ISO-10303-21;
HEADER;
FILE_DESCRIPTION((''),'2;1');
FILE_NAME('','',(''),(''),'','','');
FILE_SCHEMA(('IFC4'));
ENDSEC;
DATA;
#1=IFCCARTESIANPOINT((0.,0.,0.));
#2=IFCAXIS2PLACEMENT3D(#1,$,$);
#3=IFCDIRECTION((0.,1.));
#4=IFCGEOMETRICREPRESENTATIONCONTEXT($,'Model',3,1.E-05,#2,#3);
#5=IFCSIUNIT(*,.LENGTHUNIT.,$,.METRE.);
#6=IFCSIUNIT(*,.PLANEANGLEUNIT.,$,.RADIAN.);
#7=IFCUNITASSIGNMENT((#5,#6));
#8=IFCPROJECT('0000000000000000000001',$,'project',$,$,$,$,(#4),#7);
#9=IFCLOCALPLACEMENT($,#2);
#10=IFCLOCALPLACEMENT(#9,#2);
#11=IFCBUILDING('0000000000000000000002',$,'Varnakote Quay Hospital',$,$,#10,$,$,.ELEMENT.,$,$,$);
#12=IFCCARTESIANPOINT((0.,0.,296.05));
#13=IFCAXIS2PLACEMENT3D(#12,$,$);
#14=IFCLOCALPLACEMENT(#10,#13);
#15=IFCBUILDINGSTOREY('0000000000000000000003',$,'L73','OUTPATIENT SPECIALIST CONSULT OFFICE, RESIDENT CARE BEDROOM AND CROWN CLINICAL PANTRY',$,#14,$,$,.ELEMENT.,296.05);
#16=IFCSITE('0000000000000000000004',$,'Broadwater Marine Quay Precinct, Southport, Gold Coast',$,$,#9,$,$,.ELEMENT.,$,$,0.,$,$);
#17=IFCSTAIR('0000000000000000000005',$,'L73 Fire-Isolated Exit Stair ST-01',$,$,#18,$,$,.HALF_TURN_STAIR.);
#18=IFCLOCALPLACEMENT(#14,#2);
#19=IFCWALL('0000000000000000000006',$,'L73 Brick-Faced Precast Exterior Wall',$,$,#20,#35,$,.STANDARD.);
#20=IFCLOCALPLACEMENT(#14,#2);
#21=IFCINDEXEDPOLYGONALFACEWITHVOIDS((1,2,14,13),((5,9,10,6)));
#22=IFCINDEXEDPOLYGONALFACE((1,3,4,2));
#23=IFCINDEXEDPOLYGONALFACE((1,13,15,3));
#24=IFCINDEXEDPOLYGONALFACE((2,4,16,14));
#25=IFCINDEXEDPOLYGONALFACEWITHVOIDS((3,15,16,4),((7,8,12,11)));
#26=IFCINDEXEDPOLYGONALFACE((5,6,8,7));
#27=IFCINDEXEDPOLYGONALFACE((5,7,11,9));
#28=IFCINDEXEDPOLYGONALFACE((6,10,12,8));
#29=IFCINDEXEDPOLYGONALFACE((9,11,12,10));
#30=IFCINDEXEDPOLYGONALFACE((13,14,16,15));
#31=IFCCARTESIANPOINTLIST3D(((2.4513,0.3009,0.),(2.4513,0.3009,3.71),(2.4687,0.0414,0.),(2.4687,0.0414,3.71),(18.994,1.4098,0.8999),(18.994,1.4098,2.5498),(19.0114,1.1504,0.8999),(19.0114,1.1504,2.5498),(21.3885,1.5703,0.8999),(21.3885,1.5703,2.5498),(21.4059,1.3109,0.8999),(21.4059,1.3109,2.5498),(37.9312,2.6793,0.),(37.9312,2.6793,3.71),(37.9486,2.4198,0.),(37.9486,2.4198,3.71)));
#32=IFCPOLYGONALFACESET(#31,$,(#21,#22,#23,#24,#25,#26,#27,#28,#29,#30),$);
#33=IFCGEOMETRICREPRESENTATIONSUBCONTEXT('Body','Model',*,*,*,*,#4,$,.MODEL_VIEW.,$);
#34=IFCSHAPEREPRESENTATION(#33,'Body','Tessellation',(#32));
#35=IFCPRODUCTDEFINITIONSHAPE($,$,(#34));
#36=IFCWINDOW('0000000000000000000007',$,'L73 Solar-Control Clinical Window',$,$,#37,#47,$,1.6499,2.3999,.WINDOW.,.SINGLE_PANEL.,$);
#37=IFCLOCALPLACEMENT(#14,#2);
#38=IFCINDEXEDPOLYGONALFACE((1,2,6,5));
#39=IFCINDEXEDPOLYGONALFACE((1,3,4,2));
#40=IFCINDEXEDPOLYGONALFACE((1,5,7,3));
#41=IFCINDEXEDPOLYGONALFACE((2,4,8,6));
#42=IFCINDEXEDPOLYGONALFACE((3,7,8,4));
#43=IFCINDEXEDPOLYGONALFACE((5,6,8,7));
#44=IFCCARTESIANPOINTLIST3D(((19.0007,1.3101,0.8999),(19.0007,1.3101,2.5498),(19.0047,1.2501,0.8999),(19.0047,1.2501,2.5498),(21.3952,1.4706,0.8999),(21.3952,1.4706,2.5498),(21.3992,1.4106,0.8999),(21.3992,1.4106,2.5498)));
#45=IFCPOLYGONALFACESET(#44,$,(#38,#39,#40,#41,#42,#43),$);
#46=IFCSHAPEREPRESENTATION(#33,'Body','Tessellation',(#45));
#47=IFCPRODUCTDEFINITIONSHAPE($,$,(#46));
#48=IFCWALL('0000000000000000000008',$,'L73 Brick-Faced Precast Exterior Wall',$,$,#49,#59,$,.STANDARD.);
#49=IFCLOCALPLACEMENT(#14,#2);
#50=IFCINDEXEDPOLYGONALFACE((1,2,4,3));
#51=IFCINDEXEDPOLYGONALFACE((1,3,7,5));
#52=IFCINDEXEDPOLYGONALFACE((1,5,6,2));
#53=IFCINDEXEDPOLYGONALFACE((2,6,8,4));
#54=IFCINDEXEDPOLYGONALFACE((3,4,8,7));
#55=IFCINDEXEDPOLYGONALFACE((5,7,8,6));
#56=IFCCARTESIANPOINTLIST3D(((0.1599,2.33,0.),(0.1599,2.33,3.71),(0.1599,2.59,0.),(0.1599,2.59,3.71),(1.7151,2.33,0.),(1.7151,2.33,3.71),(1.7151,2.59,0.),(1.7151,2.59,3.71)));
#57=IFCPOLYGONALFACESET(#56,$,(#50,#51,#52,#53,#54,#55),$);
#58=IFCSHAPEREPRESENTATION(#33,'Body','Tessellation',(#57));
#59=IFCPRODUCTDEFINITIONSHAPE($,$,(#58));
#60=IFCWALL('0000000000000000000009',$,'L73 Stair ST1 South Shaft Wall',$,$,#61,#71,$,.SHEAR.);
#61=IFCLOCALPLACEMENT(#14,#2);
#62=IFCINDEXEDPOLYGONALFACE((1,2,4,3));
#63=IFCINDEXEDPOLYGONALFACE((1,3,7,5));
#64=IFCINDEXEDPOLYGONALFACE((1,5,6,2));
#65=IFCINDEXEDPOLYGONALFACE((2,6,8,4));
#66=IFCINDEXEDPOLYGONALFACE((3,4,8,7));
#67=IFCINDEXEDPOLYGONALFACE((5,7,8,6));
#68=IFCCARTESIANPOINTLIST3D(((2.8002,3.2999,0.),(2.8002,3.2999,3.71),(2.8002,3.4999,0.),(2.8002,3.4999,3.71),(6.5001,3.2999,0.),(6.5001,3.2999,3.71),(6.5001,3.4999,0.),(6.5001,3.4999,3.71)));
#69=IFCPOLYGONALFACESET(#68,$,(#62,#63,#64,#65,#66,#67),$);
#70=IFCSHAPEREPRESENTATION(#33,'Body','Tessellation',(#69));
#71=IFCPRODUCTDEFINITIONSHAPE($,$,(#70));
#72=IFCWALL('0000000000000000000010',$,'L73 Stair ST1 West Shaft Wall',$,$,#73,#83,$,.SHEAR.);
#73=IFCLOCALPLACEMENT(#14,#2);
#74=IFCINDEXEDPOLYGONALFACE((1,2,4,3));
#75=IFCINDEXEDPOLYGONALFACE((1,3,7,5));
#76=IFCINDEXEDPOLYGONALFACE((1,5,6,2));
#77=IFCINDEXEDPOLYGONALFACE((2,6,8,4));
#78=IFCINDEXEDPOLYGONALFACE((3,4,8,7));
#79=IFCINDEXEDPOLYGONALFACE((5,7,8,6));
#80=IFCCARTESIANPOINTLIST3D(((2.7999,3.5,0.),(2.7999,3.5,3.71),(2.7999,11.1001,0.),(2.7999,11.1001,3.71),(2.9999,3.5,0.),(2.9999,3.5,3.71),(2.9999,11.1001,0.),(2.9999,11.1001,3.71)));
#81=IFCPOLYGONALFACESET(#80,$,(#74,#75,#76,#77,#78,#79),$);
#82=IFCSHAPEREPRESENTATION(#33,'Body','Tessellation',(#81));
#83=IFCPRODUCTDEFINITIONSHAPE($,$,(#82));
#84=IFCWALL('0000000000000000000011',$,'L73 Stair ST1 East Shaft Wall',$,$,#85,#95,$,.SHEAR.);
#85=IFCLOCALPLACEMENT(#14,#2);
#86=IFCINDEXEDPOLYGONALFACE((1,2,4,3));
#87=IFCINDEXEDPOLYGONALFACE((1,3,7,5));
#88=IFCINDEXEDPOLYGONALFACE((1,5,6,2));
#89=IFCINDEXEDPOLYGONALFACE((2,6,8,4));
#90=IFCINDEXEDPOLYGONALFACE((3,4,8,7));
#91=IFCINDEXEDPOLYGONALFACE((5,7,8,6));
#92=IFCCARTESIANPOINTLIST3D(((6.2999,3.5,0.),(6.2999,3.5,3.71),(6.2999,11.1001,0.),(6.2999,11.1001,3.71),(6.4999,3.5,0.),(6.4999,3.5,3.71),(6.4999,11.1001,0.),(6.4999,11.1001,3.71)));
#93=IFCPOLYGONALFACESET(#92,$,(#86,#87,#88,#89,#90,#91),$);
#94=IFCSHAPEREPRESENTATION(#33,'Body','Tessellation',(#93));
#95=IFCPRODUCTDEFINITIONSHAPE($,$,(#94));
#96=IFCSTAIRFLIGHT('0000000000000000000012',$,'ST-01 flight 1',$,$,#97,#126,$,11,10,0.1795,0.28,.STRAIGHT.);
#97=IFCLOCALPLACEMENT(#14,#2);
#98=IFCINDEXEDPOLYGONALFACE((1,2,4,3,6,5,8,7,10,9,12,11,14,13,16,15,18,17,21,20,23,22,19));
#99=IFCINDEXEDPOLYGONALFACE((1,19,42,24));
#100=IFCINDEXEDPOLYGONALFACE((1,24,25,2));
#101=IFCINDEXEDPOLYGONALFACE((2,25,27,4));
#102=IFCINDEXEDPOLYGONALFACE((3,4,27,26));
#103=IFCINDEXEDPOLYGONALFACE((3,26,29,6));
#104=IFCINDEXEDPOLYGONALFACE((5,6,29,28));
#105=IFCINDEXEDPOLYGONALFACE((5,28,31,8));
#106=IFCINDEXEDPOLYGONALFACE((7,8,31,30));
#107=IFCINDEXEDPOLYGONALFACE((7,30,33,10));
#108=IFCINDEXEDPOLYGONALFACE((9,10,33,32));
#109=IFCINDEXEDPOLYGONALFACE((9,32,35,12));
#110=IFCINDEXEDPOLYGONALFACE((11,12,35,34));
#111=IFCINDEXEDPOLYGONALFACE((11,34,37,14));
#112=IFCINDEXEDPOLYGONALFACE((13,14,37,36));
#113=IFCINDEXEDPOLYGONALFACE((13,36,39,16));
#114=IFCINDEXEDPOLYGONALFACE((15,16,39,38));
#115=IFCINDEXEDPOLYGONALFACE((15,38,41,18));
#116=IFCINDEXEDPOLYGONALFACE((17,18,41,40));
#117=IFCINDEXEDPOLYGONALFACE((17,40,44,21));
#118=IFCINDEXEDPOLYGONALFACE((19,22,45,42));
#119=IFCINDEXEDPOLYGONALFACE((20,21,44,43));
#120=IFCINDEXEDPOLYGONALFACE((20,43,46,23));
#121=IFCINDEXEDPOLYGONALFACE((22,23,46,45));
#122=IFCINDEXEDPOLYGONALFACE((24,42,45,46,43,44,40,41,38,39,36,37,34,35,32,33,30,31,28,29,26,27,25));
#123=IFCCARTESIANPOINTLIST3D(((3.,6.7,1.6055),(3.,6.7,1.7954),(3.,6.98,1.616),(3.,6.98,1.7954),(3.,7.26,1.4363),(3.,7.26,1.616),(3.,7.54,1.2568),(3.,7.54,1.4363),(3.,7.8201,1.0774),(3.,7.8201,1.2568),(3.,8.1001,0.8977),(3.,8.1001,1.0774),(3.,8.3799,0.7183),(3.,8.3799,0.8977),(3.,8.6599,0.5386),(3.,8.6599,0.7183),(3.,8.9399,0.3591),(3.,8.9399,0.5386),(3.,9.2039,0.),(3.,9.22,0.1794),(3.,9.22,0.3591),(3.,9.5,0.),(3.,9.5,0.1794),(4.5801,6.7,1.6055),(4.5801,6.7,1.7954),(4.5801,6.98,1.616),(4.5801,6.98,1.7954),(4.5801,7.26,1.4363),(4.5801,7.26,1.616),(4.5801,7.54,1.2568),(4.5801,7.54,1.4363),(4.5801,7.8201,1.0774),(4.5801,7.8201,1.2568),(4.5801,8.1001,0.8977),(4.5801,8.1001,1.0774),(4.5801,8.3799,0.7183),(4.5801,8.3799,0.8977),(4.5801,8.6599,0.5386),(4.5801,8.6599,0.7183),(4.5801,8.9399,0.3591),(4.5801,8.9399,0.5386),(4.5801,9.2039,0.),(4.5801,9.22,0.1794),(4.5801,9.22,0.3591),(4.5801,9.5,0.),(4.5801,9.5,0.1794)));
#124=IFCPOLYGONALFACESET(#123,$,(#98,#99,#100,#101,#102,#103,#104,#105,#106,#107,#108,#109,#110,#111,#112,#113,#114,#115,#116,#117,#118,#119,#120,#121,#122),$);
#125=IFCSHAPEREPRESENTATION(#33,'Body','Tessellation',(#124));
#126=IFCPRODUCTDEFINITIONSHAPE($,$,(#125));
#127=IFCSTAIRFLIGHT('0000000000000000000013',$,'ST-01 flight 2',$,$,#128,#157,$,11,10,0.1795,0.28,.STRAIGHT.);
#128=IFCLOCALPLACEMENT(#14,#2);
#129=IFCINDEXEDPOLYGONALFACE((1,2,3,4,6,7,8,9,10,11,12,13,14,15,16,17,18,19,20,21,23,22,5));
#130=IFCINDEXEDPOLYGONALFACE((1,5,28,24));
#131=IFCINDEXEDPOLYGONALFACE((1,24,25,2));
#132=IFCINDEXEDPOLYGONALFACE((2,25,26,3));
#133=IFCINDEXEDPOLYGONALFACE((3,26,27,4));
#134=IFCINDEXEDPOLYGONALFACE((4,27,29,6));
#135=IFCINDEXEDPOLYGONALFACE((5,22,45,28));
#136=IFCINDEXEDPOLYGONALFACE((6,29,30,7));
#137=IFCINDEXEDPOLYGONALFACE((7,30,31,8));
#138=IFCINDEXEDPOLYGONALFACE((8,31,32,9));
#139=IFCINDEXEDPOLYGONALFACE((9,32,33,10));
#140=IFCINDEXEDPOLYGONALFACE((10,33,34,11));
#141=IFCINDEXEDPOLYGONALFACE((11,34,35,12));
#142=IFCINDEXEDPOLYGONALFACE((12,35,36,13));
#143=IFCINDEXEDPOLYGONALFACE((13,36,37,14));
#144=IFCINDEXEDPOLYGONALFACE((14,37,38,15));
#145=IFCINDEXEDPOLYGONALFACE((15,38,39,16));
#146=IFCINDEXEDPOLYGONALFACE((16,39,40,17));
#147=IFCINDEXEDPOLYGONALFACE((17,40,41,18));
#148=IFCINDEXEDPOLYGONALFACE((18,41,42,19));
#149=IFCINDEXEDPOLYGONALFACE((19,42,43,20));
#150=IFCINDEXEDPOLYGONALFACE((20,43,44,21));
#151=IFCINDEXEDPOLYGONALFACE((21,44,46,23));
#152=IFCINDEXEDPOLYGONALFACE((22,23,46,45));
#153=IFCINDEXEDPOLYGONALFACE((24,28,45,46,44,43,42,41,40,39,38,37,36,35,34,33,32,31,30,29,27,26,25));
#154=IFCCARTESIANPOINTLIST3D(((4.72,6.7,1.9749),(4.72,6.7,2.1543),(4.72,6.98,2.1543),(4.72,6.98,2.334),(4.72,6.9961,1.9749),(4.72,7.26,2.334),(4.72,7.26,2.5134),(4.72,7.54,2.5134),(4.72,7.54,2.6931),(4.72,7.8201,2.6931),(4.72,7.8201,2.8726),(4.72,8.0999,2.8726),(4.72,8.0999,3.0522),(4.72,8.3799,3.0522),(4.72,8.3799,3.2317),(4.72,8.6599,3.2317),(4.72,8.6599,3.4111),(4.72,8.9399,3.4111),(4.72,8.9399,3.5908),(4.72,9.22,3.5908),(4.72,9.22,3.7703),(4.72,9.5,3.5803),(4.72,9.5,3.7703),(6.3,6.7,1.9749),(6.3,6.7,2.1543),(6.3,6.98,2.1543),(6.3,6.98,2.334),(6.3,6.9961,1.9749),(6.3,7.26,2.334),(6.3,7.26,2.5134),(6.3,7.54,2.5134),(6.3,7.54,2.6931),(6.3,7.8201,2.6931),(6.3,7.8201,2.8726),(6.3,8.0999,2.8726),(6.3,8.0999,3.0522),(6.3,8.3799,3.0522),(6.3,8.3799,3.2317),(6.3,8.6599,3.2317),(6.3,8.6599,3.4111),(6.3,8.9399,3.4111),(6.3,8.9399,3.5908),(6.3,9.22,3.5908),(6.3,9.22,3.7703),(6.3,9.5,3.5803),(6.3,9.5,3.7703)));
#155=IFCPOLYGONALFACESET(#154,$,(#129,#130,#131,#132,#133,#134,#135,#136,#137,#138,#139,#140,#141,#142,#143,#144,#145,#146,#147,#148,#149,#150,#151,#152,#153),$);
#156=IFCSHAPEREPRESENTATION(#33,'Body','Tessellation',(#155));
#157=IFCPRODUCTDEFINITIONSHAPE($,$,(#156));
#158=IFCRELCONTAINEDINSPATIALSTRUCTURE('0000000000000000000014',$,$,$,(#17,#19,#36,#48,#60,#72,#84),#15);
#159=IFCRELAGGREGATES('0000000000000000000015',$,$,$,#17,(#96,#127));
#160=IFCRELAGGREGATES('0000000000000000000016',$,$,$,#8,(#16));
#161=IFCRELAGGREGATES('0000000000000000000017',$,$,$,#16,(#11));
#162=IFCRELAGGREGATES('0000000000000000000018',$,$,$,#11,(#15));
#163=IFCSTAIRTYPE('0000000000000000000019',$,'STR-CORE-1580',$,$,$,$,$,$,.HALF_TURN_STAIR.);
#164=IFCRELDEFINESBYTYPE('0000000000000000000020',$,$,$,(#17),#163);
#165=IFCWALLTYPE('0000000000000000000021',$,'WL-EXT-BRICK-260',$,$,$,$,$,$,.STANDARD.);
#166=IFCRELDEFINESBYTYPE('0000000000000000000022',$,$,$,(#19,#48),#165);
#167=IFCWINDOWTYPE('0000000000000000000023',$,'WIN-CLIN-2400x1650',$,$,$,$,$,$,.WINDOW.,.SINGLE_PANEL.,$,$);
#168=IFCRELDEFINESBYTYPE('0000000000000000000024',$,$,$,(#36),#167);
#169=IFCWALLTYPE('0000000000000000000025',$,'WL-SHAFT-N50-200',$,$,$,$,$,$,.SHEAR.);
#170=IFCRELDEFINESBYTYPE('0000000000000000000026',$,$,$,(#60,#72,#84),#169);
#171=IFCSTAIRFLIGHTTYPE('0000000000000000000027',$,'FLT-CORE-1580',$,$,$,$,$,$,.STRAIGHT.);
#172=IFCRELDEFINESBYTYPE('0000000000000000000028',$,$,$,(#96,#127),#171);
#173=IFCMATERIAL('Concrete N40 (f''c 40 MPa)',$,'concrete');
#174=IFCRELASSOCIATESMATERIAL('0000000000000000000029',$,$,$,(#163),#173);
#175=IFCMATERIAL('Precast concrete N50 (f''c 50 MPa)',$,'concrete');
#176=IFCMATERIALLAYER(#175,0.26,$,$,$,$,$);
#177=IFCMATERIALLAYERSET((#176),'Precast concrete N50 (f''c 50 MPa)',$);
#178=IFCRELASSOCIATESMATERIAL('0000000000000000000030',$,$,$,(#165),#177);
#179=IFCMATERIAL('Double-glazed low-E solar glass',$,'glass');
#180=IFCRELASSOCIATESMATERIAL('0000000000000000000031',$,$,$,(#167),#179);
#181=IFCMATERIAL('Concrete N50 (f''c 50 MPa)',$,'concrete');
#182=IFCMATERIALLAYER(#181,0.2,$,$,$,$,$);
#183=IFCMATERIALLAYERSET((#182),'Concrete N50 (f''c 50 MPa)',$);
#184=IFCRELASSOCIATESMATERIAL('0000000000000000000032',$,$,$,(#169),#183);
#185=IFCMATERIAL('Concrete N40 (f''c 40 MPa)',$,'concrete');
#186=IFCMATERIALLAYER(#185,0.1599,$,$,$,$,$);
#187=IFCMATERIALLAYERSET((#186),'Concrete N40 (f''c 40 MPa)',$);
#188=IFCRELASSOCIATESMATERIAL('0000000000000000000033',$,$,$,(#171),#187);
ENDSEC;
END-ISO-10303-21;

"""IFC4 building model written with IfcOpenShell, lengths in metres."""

from ifc_helpers import new_model, si_unit, direction, frame, frame_2d, origin, place, context, subcontext, project, spatial, polyline, rectangle, outline, extrude, material, layer, layer_set, type_object, element, fill, aggregate, save


model = new_model("IFC4")

# Units and contexts
model_context = context("Model", 3, precision=1e-05, world=origin(), true_north=direction((0.0, 1.0)))
body_context = subcontext(model_context, "Body", "Model", "MODEL_VIEW")
ifc_project = project(units=[si_unit("LENGTHUNIT", "METRE"), si_unit("PLANEANGLEUNIT", "RADIAN")], contexts=[model_context])

# Site, building, storey
site_placement = place(None, origin())
site = spatial("IfcSite", under=ifc_project, at=site_placement, Name="Broadwater Marine Quay Precinct, Southport, Gold Coast", CompositionType="ELEMENT", RefElevation=0.0)
building_placement = place(site_placement, origin())
building = spatial("IfcBuilding", under=site, at=building_placement, Name="Varnakote Quay Hospital", CompositionType="ELEMENT")
storey_placement = place(building_placement, frame((0.0, 0.0, 296.05)))
storey = spatial("IfcBuildingStorey", under=building, at=storey_placement, Name="L73", Description="OUTPATIENT SPECIALIST CONSULT OFFICE, RESIDENT CARE BEDROOM AND CROWN CLINICAL PANTRY", CompositionType="ELEMENT", Elevation=296.05)

# Stair
ifc_material_1 = material(Name="Concrete N40 (f'c 40 MPa)", Category="concrete")
stair_type = type_object("IfcStairType", Name="STR-CORE-1580", PredefinedType="HALF_TURN_STAIR", material=ifc_material_1)
stair_1_placement = place(storey_placement, origin())
stair_1 = element("IfcStair", 1, at=stair_1_placement, inside=storey, type_object=stair_type, Name="L73 Fire-Isolated Exit Stair ST-01", PredefinedType="HALF_TURN_STAIR")

# Shared definitions
ifc_material_2 = material(Name="Precast concrete N50 (f'c 50 MPa)", Category="concrete")
ifc_layer_1 = layer(ifc_material_2, 0.26)
ifc_layer_set_1 = layer_set([ifc_layer_1], Name="Precast concrete N50 (f'c 50 MPa)")
wall_type_1 = type_object("IfcWallType", Name="WL-EXT-BRICK-260", PredefinedType="STANDARD", material=ifc_layer_set_1)

# Wall, opening, window
wall_1_placement = place(storey_placement, frame((2.46, 0.1711, 0.0), z_axis=(0.0, 0.0, 1.0), x_axis=(0.997761, 0.066885, 0.0)))
wall_1 = element("IfcWall", 2, at=wall_1_placement, inside=storey, type_object=wall_type_1, Name="L73 Brick-Faced Precast Exterior Wall", PredefinedType="STANDARD", context=body_context, shape_type="SweptSolid", body=[
    extrude(rectangle(XDim=35.5596, YDim=0.26, at=frame_2d((17.7798, 0.0))), origin(), (0.0, 0.0, 1.0), 3.71),
])
opening_1_placement = place(wall_1_placement, frame((16.5798, 0.0, 0.8999)))
opening_1 = element("IfcOpeningElement", 3, at=opening_1_placement, cuts=wall_1, PredefinedType="OPENING", context=body_context, shape_type="SweptSolid", body=[
    extrude(rectangle(XDim=2.3999, YDim=1.6499, at=frame_2d((1.2, 0.825))), frame((0.0, 0.1399, 0.0), z_axis=(0.0, -1.0, 0.0), x_axis=(1.0, 0.0, 0.0)), (0.0, 0.0, 1.0), 0.28),
])
ifc_material_3 = material(Name="Double-glazed low-E solar glass", Category="glass")
window_type = type_object("IfcWindowType", Name="WIN-CLIN-2400x1650", PartitioningType="SINGLE_PANEL", PredefinedType="WINDOW", material=ifc_material_3)
window_placement = place(opening_1_placement, origin())
window = element("IfcWindow", 4, at=window_placement, inside=storey, type_object=window_type, Name="L73 Solar-Control Clinical Window", OverallHeight=1.6499, OverallWidth=2.3999, PartitioningType="SINGLE_PANEL", PredefinedType="WINDOW", context=body_context, shape_type="SweptSolid", body=[
    extrude(rectangle(XDim=2.3999, YDim=1.6499, at=frame_2d((1.2, 0.825))), frame((0.0, 0.03, 0.0), z_axis=(0.0, -1.0, 0.0), x_axis=(1.0, 0.0, 0.0)), (0.0, 0.0, 1.0), 0.0601),
])
fill(opening_1, window)

# Walls
wall_2_placement = place(storey_placement, frame((0.1599, 2.46, 0.0), z_axis=(0.0, 0.0, 1.0), x_axis=(1.0, 0.0, 0.0)))
element("IfcWall", 5, at=wall_2_placement, inside=storey, type_object=wall_type_1, Name="L73 Brick-Faced Precast Exterior Wall", PredefinedType="STANDARD", context=body_context, shape_type="SweptSolid", body=[
    extrude(rectangle(XDim=1.5552, YDim=0.26, at=frame_2d((0.7776, 0.0))), origin(), (0.0, 0.0, 1.0), 3.71),
])
ifc_material_4 = material(Name="Concrete N50 (f'c 50 MPa)", Category="concrete")
ifc_layer_2 = layer(ifc_material_4, 0.2)
ifc_layer_set_2 = layer_set([ifc_layer_2], Name="Concrete N50 (f'c 50 MPa)")
wall_type_2 = type_object("IfcWallType", Name="WL-SHAFT-N50-200", PredefinedType="SHEAR", material=ifc_layer_set_2)
wall_3_placement = place(storey_placement, frame((2.8, 3.3999, 0.0), z_axis=(0.0, 0.0, 1.0), x_axis=(1.0, 0.0, 0.0)))
element("IfcWall", 6, at=wall_3_placement, inside=storey, type_object=wall_type_2, Name="L73 Stair ST1 South Shaft Wall", PredefinedType="SHEAR", context=body_context, shape_type="SweptSolid", body=[
    extrude(rectangle(XDim=3.7, YDim=0.2, at=frame_2d((1.8501, 0.0))), origin(), (0.0, 0.0, 1.0), 3.71),
])
for number, where, z_axis, x_axis, name in (
    (7, (2.8999, 3.5, 0.0), (0.0, 0.0, 1.0), (0.0, 1.0, 0.0), "L73 Stair ST1 West Shaft Wall"),
    (8, (6.3999, 3.5, 0.0), (0.0, 0.0, 1.0), (0.0, 1.0, 0.0), "L73 Stair ST1 East Shaft Wall"),
):
    element("IfcWall", number, at=place(storey_placement, frame(where, z_axis=z_axis, x_axis=x_axis)), inside=storey, type_object=wall_type_2, Name=name, PredefinedType="SHEAR", context=body_context, shape_type="SweptSolid", body=[
        extrude(rectangle(XDim=7.6001, YDim=0.2, at=frame_2d((3.8, 0.0))), origin(), (0.0, 0.0, 1.0), 3.71),
    ])

# Stair flights
ifc_material_5 = material(Name="Concrete N40 (f'c 40 MPa)", Category="concrete")
ifc_layer_3 = layer(ifc_material_5, 0.1599)
ifc_layer_set_3 = layer_set([ifc_layer_3], Name="Concrete N40 (f'c 40 MPa)")
stair_flight_type = type_object("IfcStairFlightType", Name="FLT-CORE-1580", PredefinedType="STRAIGHT", material=ifc_layer_set_3)
stair_flight_1_placement = place(storey_placement, frame((3.79, 9.5, 0.0), z_axis=(0.0, 0.0, 1.0), x_axis=(0.0, -1.0, 0.0)))
stair_flight_1 = element("IfcStairFlight", 9, at=stair_flight_1_placement, type_object=stair_flight_type, Name="ST-01 flight 1", NumberOfRisers=11, NumberOfTreads=10, PredefinedType="STRAIGHT", RiserHeight=0.1795, TreadLength=0.28, context=body_context, shape_type="SweptSolid", body=[
    extrude(outline(polyline([(0.0, 0.0), (0.0, 0.1794), (0.28, 0.1794), (0.28, 0.3591), (0.5601, 0.3591), (0.5601, 0.5386), (0.8401, 0.5386), (0.8401, 0.7183), (1.1201, 0.7183), (1.1201, 0.8977), (1.3999, 0.8977), (1.3999, 1.0774), (1.6799, 1.0774), (1.6799, 1.2568), (1.96, 1.2568), (1.96, 1.4363), (2.24, 1.4363), (2.24, 1.616), (2.52, 1.616), (2.52, 1.7954), (2.8, 1.7954), (2.8, 1.9751), (2.8, 1.6055), (0.2961, 0.0), (0.0, 0.0)])), frame((0.0, 0.79, 0.0), z_axis=(0.0, -1.0, 0.0), x_axis=(1.0, 0.0, 0.0)), (0.0, 0.0, 1.0), 1.5801),
])
stair_flight_2_placement = place(storey_placement, frame((5.51, 6.7, 1.9749), z_axis=(0.0, 0.0, 1.0), x_axis=(0.0, 1.0, 0.0)))
stair_flight_2 = element("IfcStairFlight", 10, at=stair_flight_2_placement, type_object=stair_flight_type, Name="ST-01 flight 2", NumberOfRisers=11, NumberOfTreads=10, PredefinedType="STRAIGHT", RiserHeight=0.1795, TreadLength=0.28, context=body_context, shape_type="SweptSolid", body=[
    extrude(outline(polyline([(0.0, 0.0), (0.0, 0.1794), (0.28, 0.1794), (0.28, 0.3591), (0.5601, 0.3591), (0.5601, 0.5386), (0.8401, 0.5386), (0.8401, 0.7183), (1.1201, 0.7183), (1.1201, 0.8977), (1.3999, 0.8977), (1.3999, 1.0774), (1.6799, 1.0774), (1.6799, 1.2568), (1.96, 1.2568), (1.96, 1.4363), (2.24, 1.4363), (2.24, 1.616), (2.52, 1.616), (2.52, 1.7954), (2.8, 1.7954), (2.8, 1.9751), (2.8, 1.6055), (0.2961, 0.0), (0.0, 0.0)])), frame((0.0, 0.79, 0.0), z_axis=(0.0, -1.0, 0.0), x_axis=(1.0, 0.0, 0.0)), (0.0, 0.0, 1.0), 1.5801),
])
aggregate(stair_1, [stair_flight_1, stair_flight_2])

save(model, "model.ifc")
